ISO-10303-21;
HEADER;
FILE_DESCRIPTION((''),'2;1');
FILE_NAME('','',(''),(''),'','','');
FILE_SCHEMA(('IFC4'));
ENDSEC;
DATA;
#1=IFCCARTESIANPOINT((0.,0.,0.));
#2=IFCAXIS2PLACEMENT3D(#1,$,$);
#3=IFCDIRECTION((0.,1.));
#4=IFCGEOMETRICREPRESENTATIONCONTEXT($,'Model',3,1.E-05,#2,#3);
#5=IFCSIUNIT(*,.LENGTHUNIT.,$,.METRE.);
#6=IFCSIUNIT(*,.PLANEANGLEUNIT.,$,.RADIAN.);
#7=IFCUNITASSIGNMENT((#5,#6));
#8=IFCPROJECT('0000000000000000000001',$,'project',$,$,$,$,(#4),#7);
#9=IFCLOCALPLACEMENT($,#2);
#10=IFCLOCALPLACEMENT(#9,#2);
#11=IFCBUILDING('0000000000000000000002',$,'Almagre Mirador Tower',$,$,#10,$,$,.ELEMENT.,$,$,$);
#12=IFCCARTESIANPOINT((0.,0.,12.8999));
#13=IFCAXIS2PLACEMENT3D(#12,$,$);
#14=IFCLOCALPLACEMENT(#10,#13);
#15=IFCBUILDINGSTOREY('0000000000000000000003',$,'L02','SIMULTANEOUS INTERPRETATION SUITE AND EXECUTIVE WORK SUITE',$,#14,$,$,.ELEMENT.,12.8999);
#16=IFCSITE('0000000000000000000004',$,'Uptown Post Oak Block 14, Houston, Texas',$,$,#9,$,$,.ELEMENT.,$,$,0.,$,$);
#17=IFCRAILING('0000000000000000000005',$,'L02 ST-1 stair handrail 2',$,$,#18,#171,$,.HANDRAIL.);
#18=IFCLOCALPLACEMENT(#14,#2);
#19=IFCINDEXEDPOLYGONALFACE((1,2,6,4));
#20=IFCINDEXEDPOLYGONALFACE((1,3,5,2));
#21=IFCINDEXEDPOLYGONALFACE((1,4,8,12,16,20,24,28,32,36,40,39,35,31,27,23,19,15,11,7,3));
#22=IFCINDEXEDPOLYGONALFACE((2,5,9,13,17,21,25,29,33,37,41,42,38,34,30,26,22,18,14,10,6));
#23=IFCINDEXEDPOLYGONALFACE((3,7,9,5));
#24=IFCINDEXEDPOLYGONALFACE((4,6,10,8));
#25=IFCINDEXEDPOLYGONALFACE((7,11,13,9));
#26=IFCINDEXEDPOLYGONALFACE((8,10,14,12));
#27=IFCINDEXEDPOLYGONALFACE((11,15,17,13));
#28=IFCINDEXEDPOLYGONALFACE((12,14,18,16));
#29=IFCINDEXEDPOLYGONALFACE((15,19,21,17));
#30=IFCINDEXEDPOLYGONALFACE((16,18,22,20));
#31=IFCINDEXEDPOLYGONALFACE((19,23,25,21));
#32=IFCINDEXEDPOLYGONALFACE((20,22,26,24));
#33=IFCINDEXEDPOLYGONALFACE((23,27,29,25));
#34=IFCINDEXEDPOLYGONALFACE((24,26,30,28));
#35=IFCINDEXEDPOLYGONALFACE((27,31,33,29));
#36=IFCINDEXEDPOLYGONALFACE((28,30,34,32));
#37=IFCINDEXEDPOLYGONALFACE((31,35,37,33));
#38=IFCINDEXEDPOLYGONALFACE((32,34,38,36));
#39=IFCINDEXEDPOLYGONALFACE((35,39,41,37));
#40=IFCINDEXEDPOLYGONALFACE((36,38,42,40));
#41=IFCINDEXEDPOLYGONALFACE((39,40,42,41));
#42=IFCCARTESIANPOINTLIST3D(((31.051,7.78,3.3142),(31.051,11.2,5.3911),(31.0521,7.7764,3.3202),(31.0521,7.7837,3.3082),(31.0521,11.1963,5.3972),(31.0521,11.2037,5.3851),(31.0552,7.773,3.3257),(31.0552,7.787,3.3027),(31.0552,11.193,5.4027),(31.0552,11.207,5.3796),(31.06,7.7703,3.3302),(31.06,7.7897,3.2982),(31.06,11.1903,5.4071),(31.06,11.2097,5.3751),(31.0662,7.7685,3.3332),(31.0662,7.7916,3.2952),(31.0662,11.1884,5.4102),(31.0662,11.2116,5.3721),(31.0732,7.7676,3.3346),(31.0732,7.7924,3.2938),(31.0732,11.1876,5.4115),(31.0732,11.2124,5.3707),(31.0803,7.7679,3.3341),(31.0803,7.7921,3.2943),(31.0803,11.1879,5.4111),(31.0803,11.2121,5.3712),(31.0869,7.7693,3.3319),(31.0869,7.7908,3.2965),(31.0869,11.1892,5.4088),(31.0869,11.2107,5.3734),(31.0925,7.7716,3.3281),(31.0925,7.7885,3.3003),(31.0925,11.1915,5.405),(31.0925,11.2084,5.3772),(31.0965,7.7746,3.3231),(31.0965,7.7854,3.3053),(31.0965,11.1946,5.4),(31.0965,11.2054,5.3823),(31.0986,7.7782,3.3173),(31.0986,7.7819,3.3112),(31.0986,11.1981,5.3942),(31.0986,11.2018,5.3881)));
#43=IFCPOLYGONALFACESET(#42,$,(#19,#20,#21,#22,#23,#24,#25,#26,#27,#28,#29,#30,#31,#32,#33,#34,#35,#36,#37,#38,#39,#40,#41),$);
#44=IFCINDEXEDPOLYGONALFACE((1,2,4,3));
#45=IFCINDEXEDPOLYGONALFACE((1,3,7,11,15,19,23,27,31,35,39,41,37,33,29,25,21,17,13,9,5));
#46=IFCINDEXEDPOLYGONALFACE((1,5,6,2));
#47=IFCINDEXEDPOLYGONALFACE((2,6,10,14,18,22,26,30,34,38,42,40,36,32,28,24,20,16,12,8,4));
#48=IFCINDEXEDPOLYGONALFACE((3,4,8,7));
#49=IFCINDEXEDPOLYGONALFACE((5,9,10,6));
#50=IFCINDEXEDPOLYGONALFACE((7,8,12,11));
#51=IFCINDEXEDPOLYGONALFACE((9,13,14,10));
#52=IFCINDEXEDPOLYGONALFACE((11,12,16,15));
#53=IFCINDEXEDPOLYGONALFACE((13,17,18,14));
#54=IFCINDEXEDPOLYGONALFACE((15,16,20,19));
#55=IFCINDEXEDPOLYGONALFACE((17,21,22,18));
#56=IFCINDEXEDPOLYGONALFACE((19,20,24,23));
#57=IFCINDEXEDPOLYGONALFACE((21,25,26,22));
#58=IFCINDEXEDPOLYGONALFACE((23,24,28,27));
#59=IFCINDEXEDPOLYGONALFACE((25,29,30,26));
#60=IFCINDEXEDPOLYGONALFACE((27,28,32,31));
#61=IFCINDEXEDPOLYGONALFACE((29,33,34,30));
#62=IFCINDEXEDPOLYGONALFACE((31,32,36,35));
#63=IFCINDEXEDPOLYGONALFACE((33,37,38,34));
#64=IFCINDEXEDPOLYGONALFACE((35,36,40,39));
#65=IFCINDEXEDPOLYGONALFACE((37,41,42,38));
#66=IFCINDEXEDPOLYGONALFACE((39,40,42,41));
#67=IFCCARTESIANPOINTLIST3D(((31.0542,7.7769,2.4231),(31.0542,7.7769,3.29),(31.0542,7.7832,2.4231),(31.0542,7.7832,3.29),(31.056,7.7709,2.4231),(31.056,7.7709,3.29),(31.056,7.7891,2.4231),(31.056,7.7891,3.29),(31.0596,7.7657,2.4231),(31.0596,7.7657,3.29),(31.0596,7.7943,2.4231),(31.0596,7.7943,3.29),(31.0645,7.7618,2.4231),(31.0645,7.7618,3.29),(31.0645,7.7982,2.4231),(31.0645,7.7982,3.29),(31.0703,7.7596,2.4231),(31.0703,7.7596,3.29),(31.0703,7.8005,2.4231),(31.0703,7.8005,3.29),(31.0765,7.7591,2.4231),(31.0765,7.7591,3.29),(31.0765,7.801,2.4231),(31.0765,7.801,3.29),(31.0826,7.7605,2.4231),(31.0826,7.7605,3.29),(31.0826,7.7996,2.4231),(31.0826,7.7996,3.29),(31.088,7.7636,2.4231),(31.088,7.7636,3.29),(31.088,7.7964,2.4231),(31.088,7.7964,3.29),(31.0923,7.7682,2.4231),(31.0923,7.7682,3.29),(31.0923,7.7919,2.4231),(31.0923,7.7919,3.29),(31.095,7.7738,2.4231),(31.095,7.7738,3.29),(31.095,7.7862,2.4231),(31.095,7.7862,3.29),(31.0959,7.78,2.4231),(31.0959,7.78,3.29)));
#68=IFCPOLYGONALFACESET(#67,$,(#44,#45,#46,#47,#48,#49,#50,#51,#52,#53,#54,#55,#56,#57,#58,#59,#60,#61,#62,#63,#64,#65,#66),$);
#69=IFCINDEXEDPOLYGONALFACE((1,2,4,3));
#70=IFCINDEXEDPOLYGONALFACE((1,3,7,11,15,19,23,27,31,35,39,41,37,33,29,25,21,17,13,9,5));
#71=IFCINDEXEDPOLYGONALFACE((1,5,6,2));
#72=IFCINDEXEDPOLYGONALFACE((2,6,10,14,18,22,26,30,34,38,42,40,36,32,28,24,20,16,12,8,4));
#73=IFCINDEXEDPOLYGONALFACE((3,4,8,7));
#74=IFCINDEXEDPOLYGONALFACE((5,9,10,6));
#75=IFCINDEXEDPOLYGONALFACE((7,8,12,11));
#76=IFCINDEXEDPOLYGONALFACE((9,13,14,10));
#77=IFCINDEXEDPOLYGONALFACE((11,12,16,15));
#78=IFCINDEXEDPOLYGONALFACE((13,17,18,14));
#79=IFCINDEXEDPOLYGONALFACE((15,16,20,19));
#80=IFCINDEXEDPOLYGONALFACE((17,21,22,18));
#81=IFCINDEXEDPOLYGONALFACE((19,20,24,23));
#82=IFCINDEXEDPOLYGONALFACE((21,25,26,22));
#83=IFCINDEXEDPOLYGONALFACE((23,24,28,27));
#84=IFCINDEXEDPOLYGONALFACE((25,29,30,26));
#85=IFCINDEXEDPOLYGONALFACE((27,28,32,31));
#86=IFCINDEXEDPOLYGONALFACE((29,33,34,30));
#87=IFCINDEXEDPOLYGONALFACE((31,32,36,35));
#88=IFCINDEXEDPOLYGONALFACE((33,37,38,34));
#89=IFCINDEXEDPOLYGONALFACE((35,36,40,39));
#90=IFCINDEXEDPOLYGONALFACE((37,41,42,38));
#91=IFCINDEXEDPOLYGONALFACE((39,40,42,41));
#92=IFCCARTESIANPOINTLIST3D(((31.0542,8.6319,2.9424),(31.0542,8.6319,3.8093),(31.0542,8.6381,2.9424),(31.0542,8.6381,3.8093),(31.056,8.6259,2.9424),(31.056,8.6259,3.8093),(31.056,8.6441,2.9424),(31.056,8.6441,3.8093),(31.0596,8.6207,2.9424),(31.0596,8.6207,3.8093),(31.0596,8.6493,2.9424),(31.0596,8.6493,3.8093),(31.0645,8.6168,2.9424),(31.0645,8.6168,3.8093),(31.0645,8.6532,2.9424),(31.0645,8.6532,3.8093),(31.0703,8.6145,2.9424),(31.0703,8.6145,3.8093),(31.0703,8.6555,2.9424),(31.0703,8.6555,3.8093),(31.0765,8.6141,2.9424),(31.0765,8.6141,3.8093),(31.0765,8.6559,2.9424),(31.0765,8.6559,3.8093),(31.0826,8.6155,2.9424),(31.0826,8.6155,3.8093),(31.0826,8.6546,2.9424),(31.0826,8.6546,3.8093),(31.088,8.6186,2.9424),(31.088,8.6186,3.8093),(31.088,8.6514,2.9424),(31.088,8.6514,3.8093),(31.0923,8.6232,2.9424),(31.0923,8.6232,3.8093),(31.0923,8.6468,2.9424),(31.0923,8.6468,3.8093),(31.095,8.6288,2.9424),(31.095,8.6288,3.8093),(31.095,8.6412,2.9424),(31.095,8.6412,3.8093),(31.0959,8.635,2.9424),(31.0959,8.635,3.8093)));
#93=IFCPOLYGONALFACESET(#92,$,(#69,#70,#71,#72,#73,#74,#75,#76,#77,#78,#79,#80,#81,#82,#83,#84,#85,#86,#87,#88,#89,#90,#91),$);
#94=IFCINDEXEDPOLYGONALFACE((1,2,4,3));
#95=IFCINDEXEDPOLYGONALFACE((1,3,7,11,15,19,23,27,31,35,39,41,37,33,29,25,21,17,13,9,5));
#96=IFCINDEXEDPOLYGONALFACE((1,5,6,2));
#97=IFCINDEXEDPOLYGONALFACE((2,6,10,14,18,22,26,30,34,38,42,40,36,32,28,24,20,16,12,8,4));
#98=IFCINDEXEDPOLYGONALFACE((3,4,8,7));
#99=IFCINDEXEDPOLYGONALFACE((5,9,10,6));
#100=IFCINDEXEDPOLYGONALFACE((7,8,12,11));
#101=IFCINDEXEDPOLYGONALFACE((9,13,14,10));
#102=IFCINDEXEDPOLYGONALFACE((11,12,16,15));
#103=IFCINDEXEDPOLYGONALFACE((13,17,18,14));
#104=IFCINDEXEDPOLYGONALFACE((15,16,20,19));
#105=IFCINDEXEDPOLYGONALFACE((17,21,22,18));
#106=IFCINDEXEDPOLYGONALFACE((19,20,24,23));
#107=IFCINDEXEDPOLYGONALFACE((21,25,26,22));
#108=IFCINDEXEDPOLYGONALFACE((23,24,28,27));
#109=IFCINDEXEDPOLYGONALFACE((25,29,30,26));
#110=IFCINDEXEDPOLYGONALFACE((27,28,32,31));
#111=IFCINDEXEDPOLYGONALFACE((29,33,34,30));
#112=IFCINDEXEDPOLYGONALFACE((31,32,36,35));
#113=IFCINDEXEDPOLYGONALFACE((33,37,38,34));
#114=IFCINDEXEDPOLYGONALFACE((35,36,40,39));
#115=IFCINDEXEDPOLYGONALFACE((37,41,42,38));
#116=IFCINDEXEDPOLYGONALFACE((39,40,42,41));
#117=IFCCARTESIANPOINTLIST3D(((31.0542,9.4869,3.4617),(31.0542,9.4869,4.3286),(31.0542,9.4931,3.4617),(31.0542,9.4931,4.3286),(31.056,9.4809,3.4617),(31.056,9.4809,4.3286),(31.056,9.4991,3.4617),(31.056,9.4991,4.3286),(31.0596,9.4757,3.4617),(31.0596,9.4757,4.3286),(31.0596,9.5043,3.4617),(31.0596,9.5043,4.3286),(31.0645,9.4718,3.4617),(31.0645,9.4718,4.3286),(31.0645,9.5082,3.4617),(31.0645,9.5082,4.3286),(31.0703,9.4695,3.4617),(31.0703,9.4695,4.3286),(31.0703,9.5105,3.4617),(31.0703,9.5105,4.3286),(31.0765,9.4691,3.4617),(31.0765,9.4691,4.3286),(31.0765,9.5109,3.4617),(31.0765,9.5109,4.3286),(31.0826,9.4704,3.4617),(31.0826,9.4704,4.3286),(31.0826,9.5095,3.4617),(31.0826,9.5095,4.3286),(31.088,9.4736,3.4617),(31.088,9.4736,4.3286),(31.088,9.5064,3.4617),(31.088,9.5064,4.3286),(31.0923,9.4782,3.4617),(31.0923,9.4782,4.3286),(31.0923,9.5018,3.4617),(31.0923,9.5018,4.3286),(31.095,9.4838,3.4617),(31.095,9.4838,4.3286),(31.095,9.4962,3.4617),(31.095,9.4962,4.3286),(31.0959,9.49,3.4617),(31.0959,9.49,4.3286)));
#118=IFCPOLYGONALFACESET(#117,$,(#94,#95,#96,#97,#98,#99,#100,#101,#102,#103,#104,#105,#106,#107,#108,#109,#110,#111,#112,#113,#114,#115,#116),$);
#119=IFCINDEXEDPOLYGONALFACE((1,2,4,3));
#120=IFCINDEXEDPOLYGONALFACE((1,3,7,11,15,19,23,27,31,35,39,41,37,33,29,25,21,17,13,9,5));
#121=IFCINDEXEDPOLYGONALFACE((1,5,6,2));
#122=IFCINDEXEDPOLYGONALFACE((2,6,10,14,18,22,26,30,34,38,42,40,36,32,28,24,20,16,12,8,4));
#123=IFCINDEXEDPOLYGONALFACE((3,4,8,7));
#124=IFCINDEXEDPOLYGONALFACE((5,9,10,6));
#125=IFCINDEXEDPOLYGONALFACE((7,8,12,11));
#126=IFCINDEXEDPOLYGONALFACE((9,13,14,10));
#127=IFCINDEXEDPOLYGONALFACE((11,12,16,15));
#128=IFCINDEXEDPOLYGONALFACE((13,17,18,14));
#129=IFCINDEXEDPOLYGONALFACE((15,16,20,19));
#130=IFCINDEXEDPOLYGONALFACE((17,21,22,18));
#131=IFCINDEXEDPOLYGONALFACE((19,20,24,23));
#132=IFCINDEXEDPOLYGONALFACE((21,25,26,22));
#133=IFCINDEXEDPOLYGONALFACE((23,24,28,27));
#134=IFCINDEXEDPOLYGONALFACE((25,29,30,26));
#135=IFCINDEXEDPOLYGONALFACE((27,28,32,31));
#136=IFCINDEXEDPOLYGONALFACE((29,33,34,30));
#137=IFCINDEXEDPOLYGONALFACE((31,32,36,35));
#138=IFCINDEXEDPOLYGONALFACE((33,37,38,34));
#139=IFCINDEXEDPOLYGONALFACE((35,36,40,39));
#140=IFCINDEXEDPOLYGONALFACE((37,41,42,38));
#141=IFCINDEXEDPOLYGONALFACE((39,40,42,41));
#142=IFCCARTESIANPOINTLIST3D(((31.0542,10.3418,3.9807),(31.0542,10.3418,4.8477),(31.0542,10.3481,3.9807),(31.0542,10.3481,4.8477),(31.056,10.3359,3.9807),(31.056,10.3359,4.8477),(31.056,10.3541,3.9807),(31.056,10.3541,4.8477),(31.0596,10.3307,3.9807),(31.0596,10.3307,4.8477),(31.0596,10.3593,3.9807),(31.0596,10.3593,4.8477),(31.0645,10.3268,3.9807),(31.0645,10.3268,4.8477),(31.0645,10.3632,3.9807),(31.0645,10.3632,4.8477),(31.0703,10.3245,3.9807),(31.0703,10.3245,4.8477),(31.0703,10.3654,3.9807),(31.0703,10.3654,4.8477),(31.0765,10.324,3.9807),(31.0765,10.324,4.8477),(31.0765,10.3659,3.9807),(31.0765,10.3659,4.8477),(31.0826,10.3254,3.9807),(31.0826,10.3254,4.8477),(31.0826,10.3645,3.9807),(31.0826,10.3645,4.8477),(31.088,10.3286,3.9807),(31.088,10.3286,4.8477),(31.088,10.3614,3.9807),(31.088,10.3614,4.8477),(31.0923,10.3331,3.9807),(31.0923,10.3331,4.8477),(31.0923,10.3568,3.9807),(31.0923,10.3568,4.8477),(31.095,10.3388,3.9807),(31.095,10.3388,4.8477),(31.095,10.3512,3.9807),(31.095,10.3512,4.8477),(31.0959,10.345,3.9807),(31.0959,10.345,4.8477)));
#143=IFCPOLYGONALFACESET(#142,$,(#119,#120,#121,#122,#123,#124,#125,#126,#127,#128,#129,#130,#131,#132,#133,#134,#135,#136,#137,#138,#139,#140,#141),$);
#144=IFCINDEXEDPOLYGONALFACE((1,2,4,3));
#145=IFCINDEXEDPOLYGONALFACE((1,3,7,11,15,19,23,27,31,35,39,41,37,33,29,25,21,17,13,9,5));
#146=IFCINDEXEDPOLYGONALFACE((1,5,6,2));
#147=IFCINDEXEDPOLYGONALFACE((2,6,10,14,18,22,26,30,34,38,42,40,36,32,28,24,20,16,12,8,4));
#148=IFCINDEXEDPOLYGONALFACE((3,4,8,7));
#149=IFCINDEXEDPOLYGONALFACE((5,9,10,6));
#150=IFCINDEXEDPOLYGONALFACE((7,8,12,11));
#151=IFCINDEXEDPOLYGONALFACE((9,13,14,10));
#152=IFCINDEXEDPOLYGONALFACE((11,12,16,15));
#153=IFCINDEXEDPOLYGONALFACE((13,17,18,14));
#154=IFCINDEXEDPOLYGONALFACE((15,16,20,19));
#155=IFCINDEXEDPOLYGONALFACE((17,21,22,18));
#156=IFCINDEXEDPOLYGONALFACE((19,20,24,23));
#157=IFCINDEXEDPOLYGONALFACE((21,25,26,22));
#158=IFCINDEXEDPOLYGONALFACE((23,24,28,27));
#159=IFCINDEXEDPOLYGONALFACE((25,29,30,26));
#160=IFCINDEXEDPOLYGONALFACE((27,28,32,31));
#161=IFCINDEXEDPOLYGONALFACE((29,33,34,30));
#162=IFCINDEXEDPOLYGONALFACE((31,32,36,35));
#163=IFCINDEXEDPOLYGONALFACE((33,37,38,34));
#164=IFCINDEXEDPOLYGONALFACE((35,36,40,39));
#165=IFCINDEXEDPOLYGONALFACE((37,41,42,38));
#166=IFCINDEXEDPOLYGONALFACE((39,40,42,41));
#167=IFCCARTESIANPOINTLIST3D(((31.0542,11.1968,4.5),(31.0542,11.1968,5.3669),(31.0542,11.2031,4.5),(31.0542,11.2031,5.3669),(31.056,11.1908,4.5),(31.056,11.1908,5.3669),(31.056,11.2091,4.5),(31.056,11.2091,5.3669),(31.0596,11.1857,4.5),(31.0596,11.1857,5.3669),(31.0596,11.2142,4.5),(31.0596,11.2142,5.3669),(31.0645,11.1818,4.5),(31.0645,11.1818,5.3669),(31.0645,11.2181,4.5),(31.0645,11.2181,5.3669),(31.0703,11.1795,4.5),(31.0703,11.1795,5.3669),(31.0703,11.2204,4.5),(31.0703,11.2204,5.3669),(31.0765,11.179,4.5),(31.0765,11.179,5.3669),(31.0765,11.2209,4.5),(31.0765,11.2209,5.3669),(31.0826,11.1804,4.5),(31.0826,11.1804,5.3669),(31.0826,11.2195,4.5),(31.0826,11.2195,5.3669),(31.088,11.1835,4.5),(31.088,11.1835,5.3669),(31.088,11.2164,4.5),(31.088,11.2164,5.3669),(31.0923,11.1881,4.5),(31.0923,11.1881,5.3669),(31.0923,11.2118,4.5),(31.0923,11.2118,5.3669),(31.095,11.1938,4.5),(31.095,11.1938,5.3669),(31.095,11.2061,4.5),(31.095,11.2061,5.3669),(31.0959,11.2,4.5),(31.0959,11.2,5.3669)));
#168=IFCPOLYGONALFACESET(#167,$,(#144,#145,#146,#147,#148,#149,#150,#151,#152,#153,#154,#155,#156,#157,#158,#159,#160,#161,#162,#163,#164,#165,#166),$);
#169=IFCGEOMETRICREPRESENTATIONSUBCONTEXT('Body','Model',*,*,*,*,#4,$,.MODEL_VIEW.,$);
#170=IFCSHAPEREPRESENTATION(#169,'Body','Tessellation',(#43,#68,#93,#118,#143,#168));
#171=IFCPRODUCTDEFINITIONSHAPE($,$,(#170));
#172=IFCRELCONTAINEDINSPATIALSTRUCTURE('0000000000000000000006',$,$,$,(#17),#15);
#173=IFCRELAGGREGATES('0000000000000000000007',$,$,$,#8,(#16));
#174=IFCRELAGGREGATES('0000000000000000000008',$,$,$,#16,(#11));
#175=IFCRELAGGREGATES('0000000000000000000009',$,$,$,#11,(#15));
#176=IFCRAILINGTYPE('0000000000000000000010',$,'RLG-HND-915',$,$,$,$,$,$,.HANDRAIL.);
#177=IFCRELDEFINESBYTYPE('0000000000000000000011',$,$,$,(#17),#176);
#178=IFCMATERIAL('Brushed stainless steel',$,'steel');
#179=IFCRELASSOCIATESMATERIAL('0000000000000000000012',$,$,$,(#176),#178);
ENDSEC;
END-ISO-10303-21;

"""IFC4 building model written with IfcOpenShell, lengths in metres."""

from ifc_helpers import new_model, si_unit, direction, frame, origin, origin_2d, place, context, subcontext, project, spatial, circle, extrude, material, type_object, element, save


model = new_model("IFC4")

# Units and contexts
model_context = context("Model", 3, precision=1e-05, world=origin(), true_north=direction((0.0, 1.0)))
body_context = subcontext(model_context, "Body", "Model", "MODEL_VIEW")
ifc_project = project(units=[si_unit("LENGTHUNIT", "METRE"), si_unit("PLANEANGLEUNIT", "RADIAN")], contexts=[model_context])

# Site, building, storey
site_placement = place(None, origin())
site = spatial("IfcSite", under=ifc_project, at=site_placement, Name="Uptown Post Oak Block 14, Houston, Texas", CompositionType="ELEMENT", RefElevation=0.0)
building_placement = place(site_placement, origin())
building = spatial("IfcBuilding", under=site, at=building_placement, Name="Almagre Mirador Tower", CompositionType="ELEMENT")
storey_placement = place(building_placement, frame((0.0, 0.0, 12.8999)))
storey = spatial("IfcBuildingStorey", under=building, at=storey_placement, Name="L02", Description="SIMULTANEOUS INTERPRETATION SUITE AND EXECUTIVE WORK SUITE", CompositionType="ELEMENT", Elevation=12.8999)

# Railing
ifc_material_1 = material(Name="Brushed stainless steel", Category="steel")
railing_type_1 = type_object("IfcRailingType", Name="RLG-HND-915", PredefinedType="HANDRAIL", material=ifc_material_1)
railing_1_placement = place(storey_placement, frame((31.075, 7.78, 2.4231)))
element("IfcRailing", 1, at=railing_1_placement, inside=storey, type_object=railing_type_1, Name="L02 ST-1 stair handrail 2", PredefinedType="HANDRAIL", context=body_context, shape_type="SweptSolid", body=[
    extrude(circle(Radius=0.0239, at=origin_2d()), frame((0.0, 0.0, 0.8911), z_axis=(0.0, 0.85473, 0.519074), x_axis=(-1.0, 0.0, 0.0)), (0.0, 0.0, 1.0), 4.0012),
    extrude(circle(Radius=0.021, at=origin_2d()), origin(), (0.0, 0.0, 1.0), 0.8669),
    extrude(circle(Radius=0.021, at=origin_2d()), frame((0.0, 0.855, 0.5193)), (0.0, 0.0, 1.0), 0.8669),
    extrude(circle(Radius=0.021, at=origin_2d()), frame((0.0, 1.71, 1.0386)), (0.0, 0.0, 1.0), 0.8669),
    extrude(circle(Radius=0.021, at=origin_2d()), frame((0.0, 2.5649, 1.5576)), (0.0, 0.0, 1.0), 0.8669),
    extrude(circle(Radius=0.021, at=origin_2d()), frame((0.0, 3.4199, 2.0769)), (0.0, 0.0, 1.0), 0.8669),
])

save(model, "model.ifc")
